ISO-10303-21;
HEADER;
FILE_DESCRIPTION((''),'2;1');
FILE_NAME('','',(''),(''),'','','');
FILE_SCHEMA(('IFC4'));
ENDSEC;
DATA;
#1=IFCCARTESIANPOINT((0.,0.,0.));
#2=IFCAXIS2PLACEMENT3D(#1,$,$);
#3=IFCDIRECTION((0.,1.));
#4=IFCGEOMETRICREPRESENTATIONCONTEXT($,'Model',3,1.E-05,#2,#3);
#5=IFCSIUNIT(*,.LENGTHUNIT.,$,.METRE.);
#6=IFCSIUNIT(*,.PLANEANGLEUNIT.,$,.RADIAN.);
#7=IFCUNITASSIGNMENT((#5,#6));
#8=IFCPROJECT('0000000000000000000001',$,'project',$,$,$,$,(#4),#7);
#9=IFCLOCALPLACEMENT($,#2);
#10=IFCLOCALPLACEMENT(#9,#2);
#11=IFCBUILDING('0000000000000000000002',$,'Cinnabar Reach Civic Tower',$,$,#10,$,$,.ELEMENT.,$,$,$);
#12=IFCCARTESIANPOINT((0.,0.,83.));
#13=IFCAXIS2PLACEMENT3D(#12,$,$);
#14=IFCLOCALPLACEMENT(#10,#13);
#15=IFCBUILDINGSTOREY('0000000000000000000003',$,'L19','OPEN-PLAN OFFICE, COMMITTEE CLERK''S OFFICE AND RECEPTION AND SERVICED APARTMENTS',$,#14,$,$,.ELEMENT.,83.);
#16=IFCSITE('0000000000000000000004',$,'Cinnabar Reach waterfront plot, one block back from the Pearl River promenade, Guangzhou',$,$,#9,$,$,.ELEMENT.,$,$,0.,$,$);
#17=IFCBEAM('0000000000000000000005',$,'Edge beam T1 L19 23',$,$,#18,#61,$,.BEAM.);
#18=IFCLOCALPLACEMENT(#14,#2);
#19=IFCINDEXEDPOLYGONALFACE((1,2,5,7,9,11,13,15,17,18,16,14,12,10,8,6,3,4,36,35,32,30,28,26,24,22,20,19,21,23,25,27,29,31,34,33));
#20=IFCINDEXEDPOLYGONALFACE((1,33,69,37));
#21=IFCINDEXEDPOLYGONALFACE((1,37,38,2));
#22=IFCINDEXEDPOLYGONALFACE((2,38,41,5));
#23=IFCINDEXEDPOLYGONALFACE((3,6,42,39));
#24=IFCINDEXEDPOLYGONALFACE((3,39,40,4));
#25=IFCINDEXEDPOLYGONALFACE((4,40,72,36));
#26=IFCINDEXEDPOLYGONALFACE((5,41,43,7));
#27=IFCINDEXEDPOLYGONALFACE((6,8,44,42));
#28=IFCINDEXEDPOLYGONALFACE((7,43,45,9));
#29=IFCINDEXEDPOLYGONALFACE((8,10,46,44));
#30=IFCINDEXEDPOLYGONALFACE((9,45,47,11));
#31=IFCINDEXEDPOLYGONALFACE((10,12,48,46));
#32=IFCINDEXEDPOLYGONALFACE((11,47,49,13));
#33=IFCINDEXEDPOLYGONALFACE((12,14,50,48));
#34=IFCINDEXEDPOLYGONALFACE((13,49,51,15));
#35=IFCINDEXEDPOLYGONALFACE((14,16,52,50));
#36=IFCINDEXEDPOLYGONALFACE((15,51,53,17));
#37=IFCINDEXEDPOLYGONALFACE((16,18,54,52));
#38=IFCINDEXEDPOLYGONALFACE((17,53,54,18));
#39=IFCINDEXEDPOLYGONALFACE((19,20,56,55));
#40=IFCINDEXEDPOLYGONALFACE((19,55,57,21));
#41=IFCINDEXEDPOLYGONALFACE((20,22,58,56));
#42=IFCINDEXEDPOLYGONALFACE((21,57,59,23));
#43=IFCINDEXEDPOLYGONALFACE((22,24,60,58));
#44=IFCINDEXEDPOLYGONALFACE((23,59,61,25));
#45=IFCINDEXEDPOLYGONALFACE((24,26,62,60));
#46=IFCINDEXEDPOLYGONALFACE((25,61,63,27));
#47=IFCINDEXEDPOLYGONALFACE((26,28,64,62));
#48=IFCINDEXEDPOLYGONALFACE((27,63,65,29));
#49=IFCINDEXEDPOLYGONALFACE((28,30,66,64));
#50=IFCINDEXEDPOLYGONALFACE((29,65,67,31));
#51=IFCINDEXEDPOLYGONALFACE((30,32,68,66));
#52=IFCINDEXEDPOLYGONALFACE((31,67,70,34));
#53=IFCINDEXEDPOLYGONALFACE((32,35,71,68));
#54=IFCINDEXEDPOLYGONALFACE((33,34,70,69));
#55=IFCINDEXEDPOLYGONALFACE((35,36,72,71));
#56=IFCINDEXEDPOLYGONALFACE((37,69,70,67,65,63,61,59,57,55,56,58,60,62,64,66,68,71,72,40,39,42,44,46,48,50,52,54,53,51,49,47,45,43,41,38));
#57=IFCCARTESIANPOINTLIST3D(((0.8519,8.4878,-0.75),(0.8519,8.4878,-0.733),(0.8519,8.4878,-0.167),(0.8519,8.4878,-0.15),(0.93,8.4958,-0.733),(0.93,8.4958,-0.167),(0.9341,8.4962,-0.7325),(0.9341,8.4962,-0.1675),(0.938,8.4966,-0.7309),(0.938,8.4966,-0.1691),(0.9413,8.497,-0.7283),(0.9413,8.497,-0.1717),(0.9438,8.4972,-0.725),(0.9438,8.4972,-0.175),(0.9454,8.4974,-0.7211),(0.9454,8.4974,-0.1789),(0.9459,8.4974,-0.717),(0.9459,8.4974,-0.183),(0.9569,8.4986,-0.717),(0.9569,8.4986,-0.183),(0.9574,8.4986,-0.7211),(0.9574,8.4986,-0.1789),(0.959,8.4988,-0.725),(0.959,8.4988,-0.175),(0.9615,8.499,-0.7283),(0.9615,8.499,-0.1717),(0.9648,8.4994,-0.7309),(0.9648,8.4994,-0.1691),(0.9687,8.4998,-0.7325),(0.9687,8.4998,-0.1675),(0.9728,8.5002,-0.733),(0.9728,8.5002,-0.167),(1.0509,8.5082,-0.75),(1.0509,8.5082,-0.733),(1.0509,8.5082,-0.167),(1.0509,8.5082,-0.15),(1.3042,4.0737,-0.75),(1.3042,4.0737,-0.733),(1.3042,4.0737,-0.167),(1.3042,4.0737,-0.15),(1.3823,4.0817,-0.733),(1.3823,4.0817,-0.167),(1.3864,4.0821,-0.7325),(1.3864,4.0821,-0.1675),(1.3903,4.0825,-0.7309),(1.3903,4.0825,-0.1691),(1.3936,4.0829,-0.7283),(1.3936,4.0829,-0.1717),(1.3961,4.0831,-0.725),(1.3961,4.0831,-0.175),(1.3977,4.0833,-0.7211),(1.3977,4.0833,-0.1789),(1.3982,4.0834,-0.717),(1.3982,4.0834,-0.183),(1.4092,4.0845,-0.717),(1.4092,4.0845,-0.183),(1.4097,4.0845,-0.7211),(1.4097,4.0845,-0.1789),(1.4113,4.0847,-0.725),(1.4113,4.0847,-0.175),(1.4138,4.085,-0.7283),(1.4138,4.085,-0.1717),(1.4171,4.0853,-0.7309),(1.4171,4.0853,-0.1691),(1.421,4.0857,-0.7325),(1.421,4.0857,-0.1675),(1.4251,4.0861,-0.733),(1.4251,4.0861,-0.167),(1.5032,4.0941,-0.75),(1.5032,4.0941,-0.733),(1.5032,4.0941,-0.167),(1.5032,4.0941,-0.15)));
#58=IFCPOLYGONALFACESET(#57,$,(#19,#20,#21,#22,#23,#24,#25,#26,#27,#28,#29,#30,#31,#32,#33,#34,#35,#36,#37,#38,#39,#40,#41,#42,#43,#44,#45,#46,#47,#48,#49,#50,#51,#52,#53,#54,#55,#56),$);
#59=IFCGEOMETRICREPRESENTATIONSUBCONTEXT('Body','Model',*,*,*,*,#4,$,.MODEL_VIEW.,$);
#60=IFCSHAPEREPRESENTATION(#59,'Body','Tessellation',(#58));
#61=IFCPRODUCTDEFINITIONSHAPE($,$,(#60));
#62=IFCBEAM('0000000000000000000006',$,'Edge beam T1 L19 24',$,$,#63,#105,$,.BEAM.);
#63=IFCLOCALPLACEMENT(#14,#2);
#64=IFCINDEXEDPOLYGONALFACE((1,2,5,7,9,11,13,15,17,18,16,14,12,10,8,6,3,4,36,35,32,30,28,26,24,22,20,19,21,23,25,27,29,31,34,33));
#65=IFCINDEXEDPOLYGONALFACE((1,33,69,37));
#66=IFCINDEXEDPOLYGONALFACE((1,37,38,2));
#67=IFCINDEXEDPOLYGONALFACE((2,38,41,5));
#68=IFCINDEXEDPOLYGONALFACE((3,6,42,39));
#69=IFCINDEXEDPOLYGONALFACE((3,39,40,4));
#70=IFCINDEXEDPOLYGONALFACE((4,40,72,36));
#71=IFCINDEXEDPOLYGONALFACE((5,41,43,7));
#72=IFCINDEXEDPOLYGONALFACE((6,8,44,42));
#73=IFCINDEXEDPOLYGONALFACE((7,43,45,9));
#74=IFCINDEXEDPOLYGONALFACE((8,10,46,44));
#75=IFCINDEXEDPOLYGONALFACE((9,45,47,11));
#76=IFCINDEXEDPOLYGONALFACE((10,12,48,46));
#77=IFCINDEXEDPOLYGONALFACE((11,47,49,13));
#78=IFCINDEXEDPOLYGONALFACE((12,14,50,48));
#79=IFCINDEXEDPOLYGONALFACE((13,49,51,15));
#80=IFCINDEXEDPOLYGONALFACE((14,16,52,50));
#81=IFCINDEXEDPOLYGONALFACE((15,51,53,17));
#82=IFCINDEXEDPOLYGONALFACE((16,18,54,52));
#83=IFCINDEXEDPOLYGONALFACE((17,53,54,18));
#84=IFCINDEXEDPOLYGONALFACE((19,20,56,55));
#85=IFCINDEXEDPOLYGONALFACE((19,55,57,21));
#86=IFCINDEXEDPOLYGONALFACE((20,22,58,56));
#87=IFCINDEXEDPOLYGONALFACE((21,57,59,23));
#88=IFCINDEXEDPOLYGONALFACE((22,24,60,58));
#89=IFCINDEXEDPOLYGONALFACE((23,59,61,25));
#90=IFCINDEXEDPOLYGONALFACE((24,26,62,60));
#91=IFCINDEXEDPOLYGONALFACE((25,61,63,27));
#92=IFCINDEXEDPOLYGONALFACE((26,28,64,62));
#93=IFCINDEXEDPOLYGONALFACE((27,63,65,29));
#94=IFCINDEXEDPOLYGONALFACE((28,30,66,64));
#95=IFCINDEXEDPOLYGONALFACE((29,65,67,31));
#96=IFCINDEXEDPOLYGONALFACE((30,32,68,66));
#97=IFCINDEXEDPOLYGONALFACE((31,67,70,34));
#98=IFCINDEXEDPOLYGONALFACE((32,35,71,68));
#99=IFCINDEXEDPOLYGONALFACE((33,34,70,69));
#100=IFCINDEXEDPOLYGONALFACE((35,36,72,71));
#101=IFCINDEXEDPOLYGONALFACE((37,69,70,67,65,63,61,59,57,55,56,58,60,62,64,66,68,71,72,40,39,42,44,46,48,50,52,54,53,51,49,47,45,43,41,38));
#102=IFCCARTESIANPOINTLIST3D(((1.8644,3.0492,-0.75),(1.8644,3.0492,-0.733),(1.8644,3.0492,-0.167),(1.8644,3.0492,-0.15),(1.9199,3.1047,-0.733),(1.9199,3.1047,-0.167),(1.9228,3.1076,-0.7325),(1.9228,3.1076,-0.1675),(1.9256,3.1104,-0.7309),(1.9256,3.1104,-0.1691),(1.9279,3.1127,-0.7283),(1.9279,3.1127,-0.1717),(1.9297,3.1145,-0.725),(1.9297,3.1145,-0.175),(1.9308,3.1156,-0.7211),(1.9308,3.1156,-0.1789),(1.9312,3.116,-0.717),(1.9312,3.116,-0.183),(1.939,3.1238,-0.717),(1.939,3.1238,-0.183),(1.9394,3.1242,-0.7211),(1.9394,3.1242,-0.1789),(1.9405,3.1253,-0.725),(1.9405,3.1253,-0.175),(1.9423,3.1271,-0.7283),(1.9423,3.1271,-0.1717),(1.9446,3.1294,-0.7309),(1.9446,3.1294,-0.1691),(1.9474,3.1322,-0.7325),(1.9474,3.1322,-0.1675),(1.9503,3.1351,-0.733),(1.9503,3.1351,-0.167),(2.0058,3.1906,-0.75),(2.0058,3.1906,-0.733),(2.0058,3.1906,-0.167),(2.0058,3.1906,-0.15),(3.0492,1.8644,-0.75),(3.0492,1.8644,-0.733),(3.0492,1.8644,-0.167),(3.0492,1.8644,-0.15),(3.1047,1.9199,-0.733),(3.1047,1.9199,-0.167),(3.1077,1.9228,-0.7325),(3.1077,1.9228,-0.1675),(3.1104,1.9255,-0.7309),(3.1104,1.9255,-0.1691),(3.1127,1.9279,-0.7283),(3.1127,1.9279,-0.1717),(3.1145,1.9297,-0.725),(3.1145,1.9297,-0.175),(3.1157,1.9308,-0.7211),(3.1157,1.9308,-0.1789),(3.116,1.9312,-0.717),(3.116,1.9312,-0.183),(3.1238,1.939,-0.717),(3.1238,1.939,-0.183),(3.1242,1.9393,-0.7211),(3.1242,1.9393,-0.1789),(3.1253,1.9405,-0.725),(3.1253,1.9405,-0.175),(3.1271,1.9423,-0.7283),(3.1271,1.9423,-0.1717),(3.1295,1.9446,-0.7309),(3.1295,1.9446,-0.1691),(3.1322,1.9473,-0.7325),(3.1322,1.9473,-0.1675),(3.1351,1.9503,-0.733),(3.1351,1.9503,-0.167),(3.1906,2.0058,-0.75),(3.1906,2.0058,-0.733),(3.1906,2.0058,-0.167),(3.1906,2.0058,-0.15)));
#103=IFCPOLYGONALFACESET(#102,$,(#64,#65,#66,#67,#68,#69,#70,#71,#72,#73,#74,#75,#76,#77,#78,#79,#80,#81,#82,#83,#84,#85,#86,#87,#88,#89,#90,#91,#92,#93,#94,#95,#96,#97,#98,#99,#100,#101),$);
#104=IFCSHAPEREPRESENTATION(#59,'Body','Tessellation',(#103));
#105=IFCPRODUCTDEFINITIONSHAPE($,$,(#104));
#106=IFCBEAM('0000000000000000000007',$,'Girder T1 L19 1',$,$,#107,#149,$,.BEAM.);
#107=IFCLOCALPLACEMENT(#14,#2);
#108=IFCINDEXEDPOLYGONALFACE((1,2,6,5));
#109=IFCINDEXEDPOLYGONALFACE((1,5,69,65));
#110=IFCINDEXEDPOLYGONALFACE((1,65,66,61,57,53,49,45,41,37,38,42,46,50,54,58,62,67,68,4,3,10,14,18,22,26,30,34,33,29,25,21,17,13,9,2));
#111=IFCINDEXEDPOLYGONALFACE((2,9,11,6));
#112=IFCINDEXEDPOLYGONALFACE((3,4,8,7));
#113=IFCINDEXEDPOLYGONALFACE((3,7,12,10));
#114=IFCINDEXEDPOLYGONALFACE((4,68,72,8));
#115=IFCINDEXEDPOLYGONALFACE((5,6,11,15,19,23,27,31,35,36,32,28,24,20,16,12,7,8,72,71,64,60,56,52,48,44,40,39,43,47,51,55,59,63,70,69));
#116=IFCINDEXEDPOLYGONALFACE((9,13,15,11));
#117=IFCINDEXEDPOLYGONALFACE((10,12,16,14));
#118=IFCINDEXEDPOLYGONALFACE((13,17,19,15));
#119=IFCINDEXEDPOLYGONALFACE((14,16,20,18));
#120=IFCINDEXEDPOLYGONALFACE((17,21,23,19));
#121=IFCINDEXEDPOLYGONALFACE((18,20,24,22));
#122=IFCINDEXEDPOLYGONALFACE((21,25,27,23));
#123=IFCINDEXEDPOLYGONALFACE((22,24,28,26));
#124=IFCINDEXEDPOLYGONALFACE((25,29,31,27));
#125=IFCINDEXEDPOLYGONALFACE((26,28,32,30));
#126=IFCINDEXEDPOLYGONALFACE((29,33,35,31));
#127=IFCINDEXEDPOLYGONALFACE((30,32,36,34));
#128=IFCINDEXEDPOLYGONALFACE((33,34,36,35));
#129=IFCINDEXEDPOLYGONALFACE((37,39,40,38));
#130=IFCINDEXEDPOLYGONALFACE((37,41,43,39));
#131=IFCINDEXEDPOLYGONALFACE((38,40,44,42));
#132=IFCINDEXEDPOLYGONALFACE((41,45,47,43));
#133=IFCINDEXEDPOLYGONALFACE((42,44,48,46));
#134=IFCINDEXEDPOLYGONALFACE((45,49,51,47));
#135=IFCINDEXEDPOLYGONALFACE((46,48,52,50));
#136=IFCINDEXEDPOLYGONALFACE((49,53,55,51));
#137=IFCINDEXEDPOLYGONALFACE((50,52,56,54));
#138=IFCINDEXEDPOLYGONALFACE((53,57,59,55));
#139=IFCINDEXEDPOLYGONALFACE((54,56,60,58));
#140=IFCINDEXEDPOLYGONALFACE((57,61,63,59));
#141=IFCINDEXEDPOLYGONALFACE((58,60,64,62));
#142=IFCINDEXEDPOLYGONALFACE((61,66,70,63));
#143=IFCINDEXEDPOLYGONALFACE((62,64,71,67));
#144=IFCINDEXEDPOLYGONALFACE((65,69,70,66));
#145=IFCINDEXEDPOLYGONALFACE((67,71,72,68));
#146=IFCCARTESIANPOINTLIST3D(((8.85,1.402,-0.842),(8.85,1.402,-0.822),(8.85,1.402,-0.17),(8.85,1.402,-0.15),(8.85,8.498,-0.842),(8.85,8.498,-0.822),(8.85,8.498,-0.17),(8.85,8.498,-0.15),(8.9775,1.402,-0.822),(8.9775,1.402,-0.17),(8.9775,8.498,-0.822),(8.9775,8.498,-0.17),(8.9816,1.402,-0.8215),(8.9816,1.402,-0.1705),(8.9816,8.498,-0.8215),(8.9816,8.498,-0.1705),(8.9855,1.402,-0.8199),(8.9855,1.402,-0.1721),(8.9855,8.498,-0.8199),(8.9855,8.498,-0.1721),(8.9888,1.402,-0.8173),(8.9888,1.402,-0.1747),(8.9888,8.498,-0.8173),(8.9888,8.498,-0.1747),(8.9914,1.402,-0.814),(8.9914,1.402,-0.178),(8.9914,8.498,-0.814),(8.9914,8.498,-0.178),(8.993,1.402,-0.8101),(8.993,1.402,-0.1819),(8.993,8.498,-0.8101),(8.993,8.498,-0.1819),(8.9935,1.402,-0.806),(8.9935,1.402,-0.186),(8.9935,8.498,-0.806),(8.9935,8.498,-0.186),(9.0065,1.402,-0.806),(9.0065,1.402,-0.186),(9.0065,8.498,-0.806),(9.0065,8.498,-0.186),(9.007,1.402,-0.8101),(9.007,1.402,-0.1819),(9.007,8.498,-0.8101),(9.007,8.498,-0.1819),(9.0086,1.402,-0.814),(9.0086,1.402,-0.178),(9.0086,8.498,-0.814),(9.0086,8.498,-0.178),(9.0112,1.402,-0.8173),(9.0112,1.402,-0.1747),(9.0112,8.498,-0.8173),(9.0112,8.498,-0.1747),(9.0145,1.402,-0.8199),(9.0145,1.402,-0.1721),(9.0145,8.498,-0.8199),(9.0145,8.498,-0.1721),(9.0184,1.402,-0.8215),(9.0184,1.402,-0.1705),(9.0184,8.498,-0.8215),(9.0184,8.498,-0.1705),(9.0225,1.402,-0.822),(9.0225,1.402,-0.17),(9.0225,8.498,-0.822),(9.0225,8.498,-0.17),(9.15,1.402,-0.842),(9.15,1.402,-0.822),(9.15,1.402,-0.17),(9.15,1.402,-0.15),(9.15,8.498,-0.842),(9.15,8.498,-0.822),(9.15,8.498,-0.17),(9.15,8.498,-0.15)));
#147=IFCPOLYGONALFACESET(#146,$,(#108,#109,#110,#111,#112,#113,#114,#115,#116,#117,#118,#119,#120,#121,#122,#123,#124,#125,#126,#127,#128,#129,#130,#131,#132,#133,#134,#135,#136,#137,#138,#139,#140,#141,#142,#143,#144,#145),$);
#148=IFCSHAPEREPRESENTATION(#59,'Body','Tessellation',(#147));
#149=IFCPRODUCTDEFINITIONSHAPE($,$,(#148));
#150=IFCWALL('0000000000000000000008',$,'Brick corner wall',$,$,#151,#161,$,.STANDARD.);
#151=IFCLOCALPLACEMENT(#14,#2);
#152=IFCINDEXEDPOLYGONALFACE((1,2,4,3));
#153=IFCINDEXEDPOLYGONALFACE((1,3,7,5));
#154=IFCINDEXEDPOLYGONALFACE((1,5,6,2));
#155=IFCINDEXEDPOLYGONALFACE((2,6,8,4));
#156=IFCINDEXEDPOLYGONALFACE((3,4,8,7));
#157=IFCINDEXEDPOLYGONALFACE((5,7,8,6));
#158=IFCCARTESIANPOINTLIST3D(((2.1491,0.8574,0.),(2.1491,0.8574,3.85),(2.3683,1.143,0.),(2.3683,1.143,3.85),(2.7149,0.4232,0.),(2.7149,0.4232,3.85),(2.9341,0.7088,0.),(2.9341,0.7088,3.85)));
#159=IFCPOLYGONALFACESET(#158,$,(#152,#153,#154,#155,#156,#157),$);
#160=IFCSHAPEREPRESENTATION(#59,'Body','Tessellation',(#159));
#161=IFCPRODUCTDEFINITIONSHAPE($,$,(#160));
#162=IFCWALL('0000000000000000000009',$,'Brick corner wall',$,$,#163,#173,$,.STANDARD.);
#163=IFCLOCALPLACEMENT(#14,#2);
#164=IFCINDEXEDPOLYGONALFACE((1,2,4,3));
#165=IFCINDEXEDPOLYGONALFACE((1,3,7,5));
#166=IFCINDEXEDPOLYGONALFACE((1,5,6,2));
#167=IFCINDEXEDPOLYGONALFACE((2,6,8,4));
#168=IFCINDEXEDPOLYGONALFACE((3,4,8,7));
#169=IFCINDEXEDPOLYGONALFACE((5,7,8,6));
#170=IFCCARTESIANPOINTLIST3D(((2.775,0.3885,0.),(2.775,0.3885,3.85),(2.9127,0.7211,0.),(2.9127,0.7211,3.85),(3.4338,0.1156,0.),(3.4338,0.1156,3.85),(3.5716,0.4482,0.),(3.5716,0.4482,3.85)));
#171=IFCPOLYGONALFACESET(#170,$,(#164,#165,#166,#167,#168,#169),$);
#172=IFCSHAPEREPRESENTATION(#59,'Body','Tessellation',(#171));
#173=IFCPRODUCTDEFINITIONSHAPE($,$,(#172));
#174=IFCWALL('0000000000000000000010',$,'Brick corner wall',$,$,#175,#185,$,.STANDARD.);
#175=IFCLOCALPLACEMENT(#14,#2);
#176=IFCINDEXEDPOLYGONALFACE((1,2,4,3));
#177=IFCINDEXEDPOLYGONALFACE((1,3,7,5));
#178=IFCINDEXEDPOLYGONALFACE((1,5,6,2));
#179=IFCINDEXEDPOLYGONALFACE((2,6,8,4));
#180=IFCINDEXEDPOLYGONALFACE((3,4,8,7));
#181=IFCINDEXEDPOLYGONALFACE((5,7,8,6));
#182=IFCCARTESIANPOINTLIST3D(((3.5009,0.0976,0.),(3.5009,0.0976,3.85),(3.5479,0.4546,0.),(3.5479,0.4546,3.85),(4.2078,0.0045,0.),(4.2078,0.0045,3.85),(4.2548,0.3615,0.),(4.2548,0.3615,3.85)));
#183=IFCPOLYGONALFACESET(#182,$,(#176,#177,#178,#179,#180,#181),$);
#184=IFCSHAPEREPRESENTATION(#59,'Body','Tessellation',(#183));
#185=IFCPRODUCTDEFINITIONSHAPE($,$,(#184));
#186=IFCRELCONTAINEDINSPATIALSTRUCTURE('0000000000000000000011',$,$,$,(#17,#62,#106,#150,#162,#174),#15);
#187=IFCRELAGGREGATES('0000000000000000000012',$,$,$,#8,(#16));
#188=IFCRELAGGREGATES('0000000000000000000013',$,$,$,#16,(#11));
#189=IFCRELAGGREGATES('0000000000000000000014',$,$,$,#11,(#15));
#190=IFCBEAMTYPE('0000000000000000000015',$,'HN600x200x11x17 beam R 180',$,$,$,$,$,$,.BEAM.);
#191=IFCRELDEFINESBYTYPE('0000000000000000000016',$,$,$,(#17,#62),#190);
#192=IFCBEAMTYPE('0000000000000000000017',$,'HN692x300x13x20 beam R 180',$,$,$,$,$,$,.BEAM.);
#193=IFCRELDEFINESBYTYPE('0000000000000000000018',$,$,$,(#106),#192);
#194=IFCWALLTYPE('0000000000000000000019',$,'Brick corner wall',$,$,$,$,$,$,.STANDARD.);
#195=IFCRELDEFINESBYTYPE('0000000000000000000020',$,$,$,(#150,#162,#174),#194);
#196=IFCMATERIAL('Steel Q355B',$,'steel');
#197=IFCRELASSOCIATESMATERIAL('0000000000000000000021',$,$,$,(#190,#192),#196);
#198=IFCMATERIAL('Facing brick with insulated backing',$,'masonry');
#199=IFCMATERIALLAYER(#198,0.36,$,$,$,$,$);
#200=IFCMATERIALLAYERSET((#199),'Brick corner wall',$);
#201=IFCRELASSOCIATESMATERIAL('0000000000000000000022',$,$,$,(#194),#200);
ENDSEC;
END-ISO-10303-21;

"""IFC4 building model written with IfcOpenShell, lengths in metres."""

from ifc_helpers import new_model, si_unit, direction, frame, frame_2d, origin, origin_2d, place, context, subcontext, project, spatial, rectangle, i_section, extrude, material, layer, layer_set, material_profile, profile_set, type_object, element, save


model = new_model("IFC4")

# Units and contexts
model_context = context("Model", 3, precision=1e-05, world=origin(), true_north=direction((0.0, 1.0)))
body_context = subcontext(model_context, "Body", "Model", "MODEL_VIEW")
ifc_project = project(units=[si_unit("LENGTHUNIT", "METRE"), si_unit("PLANEANGLEUNIT", "RADIAN")], contexts=[model_context])

# Site, building, storey
site_placement = place(None, origin())
site = spatial("IfcSite", under=ifc_project, at=site_placement, Name="Cinnabar Reach waterfront plot, one block back from the Pearl River promenade, Guangzhou", CompositionType="ELEMENT", RefElevation=0.0)
building_placement = place(site_placement, origin())
building = spatial("IfcBuilding", under=site, at=building_placement, Name="Cinnabar Reach Civic Tower", CompositionType="ELEMENT")
storey_placement = place(building_placement, frame((0.0, 0.0, 83.0)))
storey = spatial("IfcBuildingStorey", under=building, at=storey_placement, Name="L19", Description="OPEN-PLAN OFFICE, COMMITTEE CLERK'S OFFICE AND RECEPTION AND SERVICED APARTMENTS", CompositionType="ELEMENT", Elevation=83.0)

# Beams
ifc_material_1 = material(Name="Steel Q355B", Category="steel")
ifc_material_profile_1 = material_profile(ifc_material_1, i_section(OverallWidth=0.2, OverallDepth=0.6, WebThickness=0.011, FlangeThickness=0.017, FilletRadius=0.016, at=origin_2d()), Name="HN600x200x11x17")
ifc_profile_set_1 = profile_set([ifc_material_profile_1], Name="Steel Q355B")
beam_type_1 = type_object("IfcBeamType", Name="HN600x200x11x17 beam R 180", PredefinedType="BEAM", material=ifc_profile_set_1)
for number, where, z_axis, x_axis, name in (
    (1, (0.9514, 8.498, -0.45), (0.101933, -0.994791, 0.0), (0.994791, 0.101933, 0.0), "Edge beam T1 L19 23"),
):
    element("IfcBeam", number, at=place(storey_placement, frame(where, z_axis=z_axis, x_axis=x_axis)), inside=storey, type_object=beam_type_1, Name=name, PredefinedType="BEAM", context=body_context, shape_type="SweptSolid", body=[
        extrude(i_section(OverallWidth=0.2, OverallDepth=0.6, WebThickness=0.011, FlangeThickness=0.017, FilletRadius=0.016, at=origin_2d()), origin(), (0.0, 0.0, 1.0), 4.4372),
    ])
beam_1_placement = place(storey_placement, frame((1.9351, 3.1199, -0.45), z_axis=(0.707107, -0.707107, 0.0), x_axis=(0.707107, 0.707107, 0.0)))
element("IfcBeam", 2, at=beam_1_placement, inside=storey, type_object=beam_type_1, Name="Edge beam T1 L19 24", PredefinedType="BEAM", context=body_context, shape_type="SweptSolid", body=[
    extrude(i_section(OverallWidth=0.2, OverallDepth=0.6, WebThickness=0.011, FlangeThickness=0.017, FilletRadius=0.016, at=origin_2d()), origin(), (0.0, 0.0, 1.0), 1.6756),
])
ifc_material_profile_2 = material_profile(ifc_material_1, i_section(OverallWidth=0.3, OverallDepth=0.692, WebThickness=0.013, FlangeThickness=0.02, FilletRadius=0.016, at=origin_2d()), Name="HN692x300x13x20")
ifc_profile_set_2 = profile_set([ifc_material_profile_2], Name="Steel Q355B")
beam_type_2 = type_object("IfcBeamType", Name="HN692x300x13x20 beam R 180", PredefinedType="BEAM", material=ifc_profile_set_2)
beam_2_placement = place(storey_placement, frame((9.0, 1.402, -0.496), z_axis=(0.0, 1.0, 0.0), x_axis=(-1.0, 0.0, 0.0)))
element("IfcBeam", 3, at=beam_2_placement, inside=storey, type_object=beam_type_2, Name="Girder T1 L19 1", PredefinedType="BEAM", context=body_context, shape_type="SweptSolid", body=[
    extrude(i_section(OverallWidth=0.3, OverallDepth=0.692, WebThickness=0.013, FlangeThickness=0.02, FilletRadius=0.016, at=origin_2d()), origin(), (0.0, 0.0, 1.0), 7.096),
])

# Walls
ifc_material_2 = material(Name="Facing brick with insulated backing", Category="masonry")
ifc_layer_1 = layer(ifc_material_2, 0.36)
ifc_layer_set_1 = layer_set([ifc_layer_1], Name="Brick corner wall")
wall_type_1 = type_object("IfcWallType", Name="Brick corner wall", PredefinedType="STANDARD", material=ifc_layer_set_1)
wall_1_placement = place(storey_placement, frame((2.2587, 1.0002, 0.0), z_axis=(0.0, 0.0, 1.0), x_axis=(0.793322, -0.608802, 0.0)))
element("IfcWall", 4, at=wall_1_placement, inside=storey, type_object=wall_type_1, Name="Brick corner wall", PredefinedType="STANDARD", context=body_context, shape_type="SweptSolid", body=[
    extrude(rectangle(XDim=0.7132, YDim=0.36, at=frame_2d((0.3566, 0.0))), origin(), (0.0, 0.0, 1.0), 3.85),
])
for number, where, z_axis, x_axis, name in (
    (5, (2.8439, 0.5548, 0.0), (0.0, 0.0, 1.0), (0.923872, -0.382703, 0.0), "Brick corner wall"),
    (6, (3.5244, 0.2761, 0.0), (0.0, 0.0, 1.0), (0.991441, -0.130556, 0.0), "Brick corner wall"),
):
    element("IfcWall", number, at=place(storey_placement, frame(where, z_axis=z_axis, x_axis=x_axis)), inside=storey, type_object=wall_type_1, Name=name, PredefinedType="STANDARD", context=body_context, shape_type="SweptSolid", body=[
        extrude(rectangle(XDim=0.7131, YDim=0.36, at=frame_2d((0.3565, 0.0))), origin(), (0.0, 0.0, 1.0), 3.85),
    ])

save(model, "model.ifc")
